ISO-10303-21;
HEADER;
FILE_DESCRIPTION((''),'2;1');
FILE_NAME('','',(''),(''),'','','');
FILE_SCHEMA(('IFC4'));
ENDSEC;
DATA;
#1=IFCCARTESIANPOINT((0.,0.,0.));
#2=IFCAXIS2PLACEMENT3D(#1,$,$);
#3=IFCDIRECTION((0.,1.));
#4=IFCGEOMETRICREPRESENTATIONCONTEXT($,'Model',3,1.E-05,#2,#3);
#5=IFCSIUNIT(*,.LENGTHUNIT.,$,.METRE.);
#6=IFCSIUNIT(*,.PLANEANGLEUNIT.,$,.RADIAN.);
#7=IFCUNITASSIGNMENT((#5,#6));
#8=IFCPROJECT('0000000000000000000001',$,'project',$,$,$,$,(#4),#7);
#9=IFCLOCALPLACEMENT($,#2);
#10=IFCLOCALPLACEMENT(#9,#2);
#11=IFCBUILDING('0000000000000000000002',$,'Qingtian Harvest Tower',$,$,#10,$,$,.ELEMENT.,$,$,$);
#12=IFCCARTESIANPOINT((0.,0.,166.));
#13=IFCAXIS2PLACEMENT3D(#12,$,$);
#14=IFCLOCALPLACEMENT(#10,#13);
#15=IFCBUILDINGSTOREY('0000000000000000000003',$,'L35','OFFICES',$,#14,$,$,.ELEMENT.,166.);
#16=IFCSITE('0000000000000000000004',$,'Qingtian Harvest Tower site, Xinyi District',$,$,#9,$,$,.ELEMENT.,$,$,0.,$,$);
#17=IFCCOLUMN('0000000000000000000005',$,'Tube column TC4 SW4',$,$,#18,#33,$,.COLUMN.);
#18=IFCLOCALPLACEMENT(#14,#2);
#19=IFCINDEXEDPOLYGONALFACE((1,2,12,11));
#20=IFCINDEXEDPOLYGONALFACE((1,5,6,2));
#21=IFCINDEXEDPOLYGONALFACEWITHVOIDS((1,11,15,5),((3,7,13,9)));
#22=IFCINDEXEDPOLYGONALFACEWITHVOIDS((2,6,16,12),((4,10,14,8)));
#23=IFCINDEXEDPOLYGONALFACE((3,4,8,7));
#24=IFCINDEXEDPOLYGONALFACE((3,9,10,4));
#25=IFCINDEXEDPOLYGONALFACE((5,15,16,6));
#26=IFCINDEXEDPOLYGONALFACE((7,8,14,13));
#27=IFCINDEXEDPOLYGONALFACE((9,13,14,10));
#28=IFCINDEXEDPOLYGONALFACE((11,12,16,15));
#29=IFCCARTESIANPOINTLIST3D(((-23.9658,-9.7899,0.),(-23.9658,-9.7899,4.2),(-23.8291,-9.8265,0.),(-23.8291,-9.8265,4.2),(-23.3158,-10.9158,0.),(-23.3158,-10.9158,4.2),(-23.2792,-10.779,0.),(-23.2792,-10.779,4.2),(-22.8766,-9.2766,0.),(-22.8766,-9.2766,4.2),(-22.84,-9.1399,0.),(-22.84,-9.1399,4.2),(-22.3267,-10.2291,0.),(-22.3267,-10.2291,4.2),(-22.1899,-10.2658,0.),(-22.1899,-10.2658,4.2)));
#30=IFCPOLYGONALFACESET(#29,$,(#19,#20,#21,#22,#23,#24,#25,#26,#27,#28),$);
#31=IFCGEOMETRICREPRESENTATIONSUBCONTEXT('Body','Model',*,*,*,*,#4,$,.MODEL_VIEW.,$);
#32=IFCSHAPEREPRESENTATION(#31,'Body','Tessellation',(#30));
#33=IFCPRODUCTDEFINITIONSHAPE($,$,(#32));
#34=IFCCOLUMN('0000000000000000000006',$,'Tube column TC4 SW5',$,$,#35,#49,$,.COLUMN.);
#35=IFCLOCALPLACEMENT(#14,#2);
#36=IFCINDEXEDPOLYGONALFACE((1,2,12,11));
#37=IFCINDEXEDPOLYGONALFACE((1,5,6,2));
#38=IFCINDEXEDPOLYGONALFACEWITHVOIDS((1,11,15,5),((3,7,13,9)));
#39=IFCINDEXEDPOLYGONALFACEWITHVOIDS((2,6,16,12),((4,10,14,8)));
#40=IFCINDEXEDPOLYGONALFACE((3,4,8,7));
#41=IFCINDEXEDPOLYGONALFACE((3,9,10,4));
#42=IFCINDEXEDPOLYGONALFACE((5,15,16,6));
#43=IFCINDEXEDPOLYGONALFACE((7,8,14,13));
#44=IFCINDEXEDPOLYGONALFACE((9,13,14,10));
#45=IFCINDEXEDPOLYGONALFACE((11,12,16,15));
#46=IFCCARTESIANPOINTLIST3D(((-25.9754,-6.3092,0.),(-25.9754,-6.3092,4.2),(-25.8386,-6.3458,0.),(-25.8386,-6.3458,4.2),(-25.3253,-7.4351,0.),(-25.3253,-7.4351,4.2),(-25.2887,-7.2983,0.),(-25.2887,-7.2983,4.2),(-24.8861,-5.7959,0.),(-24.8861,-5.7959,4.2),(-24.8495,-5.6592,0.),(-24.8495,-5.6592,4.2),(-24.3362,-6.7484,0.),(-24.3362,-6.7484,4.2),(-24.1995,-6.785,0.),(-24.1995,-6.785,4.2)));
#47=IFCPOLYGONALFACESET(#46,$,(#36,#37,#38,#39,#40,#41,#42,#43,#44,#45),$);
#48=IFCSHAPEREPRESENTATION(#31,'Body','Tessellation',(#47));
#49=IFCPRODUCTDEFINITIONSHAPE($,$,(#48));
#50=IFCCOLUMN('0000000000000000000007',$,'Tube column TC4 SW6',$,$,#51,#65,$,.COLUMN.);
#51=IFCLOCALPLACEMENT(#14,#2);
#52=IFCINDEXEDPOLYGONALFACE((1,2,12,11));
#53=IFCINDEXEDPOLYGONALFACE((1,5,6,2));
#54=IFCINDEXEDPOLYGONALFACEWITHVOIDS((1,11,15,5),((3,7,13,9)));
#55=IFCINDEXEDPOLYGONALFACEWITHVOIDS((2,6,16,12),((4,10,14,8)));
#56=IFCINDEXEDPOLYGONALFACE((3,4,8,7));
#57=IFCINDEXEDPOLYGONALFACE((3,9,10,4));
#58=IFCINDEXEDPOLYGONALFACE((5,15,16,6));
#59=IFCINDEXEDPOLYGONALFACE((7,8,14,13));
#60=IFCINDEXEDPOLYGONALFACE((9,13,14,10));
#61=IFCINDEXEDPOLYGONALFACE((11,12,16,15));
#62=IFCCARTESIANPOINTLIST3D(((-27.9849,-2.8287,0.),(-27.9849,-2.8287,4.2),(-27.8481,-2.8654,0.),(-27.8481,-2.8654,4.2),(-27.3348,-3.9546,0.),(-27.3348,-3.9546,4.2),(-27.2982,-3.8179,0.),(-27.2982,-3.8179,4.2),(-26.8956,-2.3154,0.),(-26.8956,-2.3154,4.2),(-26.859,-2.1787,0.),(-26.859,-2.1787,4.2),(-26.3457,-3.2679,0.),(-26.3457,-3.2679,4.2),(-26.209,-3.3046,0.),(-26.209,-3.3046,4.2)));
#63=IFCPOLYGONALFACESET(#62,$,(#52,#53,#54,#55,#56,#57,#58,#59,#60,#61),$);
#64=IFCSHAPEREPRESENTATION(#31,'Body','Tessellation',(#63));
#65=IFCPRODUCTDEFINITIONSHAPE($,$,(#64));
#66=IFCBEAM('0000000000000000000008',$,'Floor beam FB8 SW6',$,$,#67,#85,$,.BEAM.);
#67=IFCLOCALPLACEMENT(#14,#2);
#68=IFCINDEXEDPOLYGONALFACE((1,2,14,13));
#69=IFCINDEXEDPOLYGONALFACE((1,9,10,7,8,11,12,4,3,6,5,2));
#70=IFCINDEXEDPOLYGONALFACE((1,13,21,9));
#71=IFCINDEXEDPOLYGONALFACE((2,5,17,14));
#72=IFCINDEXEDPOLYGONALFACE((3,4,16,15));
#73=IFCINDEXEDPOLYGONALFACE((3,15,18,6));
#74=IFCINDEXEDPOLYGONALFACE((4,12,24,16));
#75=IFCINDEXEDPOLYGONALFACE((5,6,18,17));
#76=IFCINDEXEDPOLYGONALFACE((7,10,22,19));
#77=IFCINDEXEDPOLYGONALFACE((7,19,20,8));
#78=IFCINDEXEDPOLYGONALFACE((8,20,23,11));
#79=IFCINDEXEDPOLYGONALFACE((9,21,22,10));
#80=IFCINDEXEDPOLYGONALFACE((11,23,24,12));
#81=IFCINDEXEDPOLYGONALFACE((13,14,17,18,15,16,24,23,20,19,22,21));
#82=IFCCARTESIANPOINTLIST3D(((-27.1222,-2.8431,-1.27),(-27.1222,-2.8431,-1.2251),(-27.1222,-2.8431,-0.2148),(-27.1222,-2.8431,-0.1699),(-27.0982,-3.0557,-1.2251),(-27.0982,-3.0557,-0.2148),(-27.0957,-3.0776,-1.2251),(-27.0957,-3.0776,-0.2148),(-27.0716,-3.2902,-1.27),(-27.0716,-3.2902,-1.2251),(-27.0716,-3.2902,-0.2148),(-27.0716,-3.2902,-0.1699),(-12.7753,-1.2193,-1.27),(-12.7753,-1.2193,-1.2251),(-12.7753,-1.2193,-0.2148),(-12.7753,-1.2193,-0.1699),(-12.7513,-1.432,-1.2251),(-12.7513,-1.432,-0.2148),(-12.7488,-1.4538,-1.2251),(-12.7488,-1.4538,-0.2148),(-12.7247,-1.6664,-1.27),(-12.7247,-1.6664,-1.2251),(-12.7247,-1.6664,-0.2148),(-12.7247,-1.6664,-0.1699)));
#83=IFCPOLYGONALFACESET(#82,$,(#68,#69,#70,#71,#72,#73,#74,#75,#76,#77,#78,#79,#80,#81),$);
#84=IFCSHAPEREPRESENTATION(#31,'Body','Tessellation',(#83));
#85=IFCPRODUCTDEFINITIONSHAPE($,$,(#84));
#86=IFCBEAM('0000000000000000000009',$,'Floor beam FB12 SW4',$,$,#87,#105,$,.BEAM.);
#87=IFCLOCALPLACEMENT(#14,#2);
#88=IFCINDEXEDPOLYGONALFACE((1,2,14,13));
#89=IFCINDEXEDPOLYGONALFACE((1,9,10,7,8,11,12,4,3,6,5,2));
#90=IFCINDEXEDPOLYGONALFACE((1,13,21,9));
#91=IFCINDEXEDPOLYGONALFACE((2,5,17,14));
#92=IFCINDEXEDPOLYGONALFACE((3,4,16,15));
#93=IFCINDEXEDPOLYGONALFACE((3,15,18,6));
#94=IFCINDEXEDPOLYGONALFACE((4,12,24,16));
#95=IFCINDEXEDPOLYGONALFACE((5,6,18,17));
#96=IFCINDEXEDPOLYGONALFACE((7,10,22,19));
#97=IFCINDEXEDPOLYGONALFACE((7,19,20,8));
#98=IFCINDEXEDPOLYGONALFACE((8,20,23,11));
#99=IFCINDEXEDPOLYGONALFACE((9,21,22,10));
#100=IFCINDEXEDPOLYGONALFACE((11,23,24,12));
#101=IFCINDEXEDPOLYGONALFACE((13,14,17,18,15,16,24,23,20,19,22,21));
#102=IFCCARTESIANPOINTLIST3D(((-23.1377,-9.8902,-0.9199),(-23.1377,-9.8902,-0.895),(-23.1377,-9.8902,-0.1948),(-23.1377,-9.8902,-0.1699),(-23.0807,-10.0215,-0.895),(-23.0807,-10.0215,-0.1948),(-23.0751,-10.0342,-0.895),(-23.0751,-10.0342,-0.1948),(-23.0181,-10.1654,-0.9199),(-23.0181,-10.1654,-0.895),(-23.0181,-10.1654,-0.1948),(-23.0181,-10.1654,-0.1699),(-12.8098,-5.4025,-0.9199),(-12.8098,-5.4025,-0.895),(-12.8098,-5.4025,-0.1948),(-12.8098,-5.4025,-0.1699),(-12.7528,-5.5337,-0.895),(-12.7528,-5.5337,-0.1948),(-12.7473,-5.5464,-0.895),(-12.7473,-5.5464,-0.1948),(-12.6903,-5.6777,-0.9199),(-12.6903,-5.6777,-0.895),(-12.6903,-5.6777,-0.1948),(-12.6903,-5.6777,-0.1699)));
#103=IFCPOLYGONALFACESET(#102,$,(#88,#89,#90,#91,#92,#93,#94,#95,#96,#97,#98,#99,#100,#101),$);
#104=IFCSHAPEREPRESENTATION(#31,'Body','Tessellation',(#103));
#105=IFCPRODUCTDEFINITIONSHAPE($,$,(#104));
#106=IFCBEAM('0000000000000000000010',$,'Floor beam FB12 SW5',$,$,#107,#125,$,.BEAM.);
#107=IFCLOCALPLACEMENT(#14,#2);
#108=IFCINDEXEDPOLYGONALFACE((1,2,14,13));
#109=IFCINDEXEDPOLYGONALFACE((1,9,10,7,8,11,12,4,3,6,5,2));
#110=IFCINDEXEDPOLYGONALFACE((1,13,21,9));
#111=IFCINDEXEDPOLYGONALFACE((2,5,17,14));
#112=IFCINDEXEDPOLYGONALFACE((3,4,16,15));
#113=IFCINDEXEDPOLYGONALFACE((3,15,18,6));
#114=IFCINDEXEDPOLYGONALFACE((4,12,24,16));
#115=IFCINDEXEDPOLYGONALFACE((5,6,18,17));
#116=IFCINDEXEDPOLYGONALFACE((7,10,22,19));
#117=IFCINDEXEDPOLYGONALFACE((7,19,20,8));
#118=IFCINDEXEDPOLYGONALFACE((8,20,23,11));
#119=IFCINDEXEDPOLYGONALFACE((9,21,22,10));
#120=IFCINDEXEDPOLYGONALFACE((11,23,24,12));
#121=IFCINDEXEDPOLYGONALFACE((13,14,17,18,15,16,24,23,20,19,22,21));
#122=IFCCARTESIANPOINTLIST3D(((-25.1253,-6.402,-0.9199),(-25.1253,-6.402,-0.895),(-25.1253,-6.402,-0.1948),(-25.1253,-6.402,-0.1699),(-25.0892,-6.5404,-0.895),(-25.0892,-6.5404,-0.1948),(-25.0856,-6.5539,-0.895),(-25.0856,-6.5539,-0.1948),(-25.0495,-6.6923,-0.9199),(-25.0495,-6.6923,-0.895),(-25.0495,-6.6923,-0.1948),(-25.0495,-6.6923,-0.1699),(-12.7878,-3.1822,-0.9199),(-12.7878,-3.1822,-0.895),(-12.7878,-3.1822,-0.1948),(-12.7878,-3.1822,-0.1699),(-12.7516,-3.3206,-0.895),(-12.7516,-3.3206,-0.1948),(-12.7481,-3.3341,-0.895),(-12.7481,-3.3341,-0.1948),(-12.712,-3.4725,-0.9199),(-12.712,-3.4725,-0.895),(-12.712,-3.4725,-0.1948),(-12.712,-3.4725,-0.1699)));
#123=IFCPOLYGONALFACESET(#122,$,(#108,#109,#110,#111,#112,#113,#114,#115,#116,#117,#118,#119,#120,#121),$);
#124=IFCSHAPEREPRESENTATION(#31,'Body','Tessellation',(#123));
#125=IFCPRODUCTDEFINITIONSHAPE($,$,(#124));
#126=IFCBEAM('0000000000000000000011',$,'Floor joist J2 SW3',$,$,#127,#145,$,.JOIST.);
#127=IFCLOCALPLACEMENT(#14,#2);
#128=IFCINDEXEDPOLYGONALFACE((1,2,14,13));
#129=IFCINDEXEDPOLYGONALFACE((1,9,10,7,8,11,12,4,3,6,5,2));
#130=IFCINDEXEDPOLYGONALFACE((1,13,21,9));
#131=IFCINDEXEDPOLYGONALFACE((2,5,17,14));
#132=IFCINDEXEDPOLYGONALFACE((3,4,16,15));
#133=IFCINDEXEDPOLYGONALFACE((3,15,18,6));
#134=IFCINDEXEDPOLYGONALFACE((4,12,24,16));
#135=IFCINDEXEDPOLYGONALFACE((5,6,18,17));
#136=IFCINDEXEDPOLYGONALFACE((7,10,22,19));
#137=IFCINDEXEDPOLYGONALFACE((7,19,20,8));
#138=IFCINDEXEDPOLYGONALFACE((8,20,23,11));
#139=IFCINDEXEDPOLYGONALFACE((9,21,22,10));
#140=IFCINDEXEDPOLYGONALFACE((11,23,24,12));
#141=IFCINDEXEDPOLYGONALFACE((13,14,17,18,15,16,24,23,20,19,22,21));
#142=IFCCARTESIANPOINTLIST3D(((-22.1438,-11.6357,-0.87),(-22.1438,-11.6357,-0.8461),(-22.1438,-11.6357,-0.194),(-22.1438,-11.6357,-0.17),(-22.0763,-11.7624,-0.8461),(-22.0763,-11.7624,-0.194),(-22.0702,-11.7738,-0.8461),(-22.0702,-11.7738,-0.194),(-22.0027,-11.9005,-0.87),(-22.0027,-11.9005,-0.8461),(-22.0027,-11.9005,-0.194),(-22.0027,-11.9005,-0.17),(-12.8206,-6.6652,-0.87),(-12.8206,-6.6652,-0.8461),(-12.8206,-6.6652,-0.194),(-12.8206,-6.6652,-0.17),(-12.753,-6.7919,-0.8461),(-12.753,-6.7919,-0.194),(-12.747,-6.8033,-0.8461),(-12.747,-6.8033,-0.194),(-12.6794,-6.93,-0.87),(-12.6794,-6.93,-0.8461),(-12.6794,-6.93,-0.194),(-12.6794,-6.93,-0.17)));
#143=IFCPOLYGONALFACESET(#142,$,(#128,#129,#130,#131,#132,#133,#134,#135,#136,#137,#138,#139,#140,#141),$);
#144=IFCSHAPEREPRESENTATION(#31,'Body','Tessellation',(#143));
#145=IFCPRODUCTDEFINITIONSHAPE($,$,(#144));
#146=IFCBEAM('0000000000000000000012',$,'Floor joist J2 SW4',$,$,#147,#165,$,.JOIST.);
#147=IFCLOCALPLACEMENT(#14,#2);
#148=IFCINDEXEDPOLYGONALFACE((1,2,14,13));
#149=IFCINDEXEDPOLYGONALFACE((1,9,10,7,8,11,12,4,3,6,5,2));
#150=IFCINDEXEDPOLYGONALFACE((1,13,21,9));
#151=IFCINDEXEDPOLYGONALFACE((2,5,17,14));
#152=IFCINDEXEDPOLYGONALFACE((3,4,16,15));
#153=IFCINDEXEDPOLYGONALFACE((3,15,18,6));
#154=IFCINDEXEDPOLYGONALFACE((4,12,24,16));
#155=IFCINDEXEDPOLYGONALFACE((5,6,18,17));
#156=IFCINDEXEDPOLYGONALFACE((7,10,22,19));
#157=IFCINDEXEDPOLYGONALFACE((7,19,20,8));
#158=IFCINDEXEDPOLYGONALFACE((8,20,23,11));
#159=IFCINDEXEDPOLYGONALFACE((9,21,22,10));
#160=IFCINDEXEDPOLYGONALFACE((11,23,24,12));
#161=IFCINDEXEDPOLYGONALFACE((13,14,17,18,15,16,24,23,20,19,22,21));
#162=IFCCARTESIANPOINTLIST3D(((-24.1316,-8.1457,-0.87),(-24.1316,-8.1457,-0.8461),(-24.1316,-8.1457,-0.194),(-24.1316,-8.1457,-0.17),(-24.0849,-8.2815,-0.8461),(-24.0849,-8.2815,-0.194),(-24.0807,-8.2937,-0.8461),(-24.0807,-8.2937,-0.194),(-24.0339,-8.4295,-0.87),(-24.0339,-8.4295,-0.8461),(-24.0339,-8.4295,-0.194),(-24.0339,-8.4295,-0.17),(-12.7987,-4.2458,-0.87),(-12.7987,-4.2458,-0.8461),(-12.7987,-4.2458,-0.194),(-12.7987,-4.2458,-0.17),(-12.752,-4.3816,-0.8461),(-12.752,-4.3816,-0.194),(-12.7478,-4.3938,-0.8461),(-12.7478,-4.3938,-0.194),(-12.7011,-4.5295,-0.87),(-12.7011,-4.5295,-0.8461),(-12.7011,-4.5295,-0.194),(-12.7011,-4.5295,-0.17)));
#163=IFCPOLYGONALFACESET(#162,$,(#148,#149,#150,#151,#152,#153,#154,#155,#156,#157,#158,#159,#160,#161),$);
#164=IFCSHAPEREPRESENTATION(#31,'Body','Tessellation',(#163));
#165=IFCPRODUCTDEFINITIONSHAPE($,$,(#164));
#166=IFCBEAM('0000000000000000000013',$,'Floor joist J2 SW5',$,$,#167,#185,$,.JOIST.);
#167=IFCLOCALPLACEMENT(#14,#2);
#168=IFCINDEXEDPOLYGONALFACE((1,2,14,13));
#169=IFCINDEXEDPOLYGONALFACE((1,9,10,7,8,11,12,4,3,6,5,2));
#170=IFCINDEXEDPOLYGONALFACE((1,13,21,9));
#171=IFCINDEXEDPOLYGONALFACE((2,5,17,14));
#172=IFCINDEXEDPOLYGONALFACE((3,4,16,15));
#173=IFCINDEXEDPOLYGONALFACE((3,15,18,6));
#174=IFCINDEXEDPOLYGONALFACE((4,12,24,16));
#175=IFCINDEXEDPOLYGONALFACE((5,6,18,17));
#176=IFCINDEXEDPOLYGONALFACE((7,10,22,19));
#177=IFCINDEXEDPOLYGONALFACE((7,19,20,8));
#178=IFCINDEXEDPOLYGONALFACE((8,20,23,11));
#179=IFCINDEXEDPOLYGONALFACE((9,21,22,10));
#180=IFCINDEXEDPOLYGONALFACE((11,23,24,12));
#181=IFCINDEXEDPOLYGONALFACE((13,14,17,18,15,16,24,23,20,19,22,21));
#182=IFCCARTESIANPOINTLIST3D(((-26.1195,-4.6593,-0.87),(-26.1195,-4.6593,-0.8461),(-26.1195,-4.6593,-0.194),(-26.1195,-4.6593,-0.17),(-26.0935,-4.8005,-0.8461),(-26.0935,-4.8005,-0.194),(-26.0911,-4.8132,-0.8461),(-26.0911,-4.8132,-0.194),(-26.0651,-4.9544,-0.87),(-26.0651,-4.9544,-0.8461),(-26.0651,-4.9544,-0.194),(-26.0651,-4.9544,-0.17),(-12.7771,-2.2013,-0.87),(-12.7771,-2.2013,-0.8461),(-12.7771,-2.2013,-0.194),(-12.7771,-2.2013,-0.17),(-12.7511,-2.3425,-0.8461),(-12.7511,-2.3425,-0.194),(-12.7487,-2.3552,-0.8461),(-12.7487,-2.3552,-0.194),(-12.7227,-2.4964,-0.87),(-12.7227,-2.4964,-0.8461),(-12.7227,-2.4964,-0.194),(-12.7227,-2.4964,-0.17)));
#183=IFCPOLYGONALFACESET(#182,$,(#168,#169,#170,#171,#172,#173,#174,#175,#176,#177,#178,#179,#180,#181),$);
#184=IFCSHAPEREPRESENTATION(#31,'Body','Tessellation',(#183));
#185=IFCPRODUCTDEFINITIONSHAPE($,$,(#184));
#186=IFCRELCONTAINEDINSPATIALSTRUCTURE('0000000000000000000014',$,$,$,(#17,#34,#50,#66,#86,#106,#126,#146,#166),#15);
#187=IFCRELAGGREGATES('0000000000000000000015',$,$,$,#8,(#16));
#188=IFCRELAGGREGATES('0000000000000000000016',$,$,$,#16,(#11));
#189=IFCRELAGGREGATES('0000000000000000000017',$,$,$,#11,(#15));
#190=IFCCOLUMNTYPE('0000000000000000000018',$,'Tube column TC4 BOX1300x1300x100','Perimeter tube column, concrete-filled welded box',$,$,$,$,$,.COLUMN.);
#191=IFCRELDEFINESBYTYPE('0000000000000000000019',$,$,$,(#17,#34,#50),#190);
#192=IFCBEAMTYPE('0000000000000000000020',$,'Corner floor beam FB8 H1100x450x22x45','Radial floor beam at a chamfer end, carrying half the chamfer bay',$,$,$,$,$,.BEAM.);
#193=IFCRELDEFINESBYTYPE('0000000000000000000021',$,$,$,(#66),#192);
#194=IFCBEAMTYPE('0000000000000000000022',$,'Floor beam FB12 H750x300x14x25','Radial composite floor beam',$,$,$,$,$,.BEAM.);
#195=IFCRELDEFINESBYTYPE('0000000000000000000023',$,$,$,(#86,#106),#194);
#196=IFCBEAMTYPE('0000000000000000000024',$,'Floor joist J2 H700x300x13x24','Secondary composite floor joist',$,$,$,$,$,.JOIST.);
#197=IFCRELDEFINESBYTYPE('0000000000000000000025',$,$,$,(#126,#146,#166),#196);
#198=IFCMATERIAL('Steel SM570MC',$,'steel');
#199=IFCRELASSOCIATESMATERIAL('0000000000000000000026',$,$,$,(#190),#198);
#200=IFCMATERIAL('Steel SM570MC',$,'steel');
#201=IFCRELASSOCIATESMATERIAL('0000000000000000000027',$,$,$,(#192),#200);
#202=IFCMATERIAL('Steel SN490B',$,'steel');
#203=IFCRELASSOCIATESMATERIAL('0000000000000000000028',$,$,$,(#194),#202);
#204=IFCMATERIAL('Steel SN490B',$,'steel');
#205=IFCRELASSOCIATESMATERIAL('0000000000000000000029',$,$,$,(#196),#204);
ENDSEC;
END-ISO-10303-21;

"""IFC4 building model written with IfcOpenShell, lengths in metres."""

from ifc_helpers import new_model, si_unit, direction, frame, origin, origin_2d, place, context, subcontext, project, spatial, hollow_rectangle, i_section, extrude, material, material_profile, profile_set, type_object, element, save


model = new_model("IFC4")

# Units and contexts
model_context = context("Model", 3, precision=1e-05, world=origin(), true_north=direction((0.0, 1.0)))
body_context = subcontext(model_context, "Body", "Model", "MODEL_VIEW")
ifc_project = project(units=[si_unit("LENGTHUNIT", "METRE"), si_unit("PLANEANGLEUNIT", "RADIAN")], contexts=[model_context])

# Site, building, storey
site_placement = place(None, origin())
site = spatial("IfcSite", under=ifc_project, at=site_placement, Name="Qingtian Harvest Tower site, Xinyi District", CompositionType="ELEMENT", RefElevation=0.0)
building_placement = place(site_placement, origin())
building = spatial("IfcBuilding", under=site, at=building_placement, Name="Qingtian Harvest Tower", CompositionType="ELEMENT")
storey_placement = place(building_placement, frame((0.0, 0.0, 166.0)))
storey = spatial("IfcBuildingStorey", under=building, at=storey_placement, Name="L35", Description="OFFICES", CompositionType="ELEMENT", Elevation=166.0)

# Columns
ifc_material_1 = material(Name="Steel SM570MC", Category="steel")
ifc_material_profile_1 = material_profile(ifc_material_1, hollow_rectangle(XDim=1.3, YDim=1.3, WallThickness=0.1001, at=origin_2d()), Name="BOX1300x1300x100")
ifc_profile_set_1 = profile_set([ifc_material_profile_1], Name="Steel SM570MC")
column_type = type_object("IfcColumnType", Name="Tube column TC4 BOX1300x1300x100", Description="Perimeter tube column, concrete-filled welded box", PredefinedType="COLUMN", material=ifc_profile_set_1)
for number, where, z_axis, x_axis, name in (
    (1, (-23.0779, -10.0278, 0.0), (0.0, 0.0, 1.0), (0.5, -0.866025, 0.0), "Tube column TC4 SW4"),
    (2, (-25.0874, -6.5471, 0.0), (0.0, 0.0, 1.0), (0.5, -0.866025, 0.0), "Tube column TC4 SW5"),
    (3, (-27.0969, -3.0667, 0.0), (0.0, 0.0, 1.0), (0.5, -0.866025, 0.0), "Tube column TC4 SW6"),
):
    element("IfcColumn", number, at=place(storey_placement, frame(where, z_axis=z_axis, x_axis=x_axis)), inside=storey, type_object=column_type, Name=name, PredefinedType="COLUMN", context=body_context, shape_type="SweptSolid", body=[
        extrude(hollow_rectangle(XDim=1.3, YDim=1.3, WallThickness=0.1001, at=origin_2d()), origin(), (0.0, 0.0, 1.0), 4.2),
    ])

# Beams
ifc_material_2 = material(Name="Steel SM570MC", Category="steel")
ifc_material_profile_2 = material_profile(ifc_material_2, i_section(OverallWidth=0.45, OverallDepth=1.1001, WebThickness=0.022, FlangeThickness=0.0449, at=origin_2d()), Name="H1100x450x22x45")
ifc_profile_set_2 = profile_set([ifc_material_profile_2], Name="Steel SM570MC")
beam_type_1 = type_object("IfcBeamType", Name="Corner floor beam FB8 H1100x450x22x45", Description="Radial floor beam at a chamfer end, carrying half the chamfer bay", PredefinedType="BEAM", material=ifc_profile_set_2)
beam_1_placement = place(storey_placement, frame((-27.0969, -3.0667, -0.72), z_axis=(0.993656, 0.112462, 0.0), x_axis=(-0.112462, 0.993656, 0.0)))
element("IfcBeam", 4, at=beam_1_placement, inside=storey, type_object=beam_type_1, Name="Floor beam FB8 SW6", PredefinedType="BEAM", context=body_context, shape_type="SweptSolid", body=[
    extrude(i_section(OverallWidth=0.45, OverallDepth=1.1001, WebThickness=0.022, FlangeThickness=0.0449, at=origin_2d()), origin(), (0.0, 0.0, 1.0), 14.4385),
])
ifc_material_3 = material(Name="Steel SN490B", Category="steel")
ifc_material_profile_3 = material_profile(ifc_material_3, i_section(OverallWidth=0.3, OverallDepth=0.75, WebThickness=0.0139, FlangeThickness=0.0249, at=origin_2d()), Name="H750x300x14x25")
ifc_profile_set_3 = profile_set([ifc_material_profile_3], Name="Steel SN490B")
beam_type_2 = type_object("IfcBeamType", Name="Floor beam FB12 H750x300x14x25", Description="Radial composite floor beam", PredefinedType="BEAM", material=ifc_profile_set_3)
beam_2_placement = place(storey_placement, frame((-23.0779, -10.0278, -0.5449), z_axis=(0.917154, 0.398533, 0.0), x_axis=(-0.398533, 0.917154, 0.0)))
element("IfcBeam", 5, at=beam_2_placement, inside=storey, type_object=beam_type_2, Name="Floor beam FB12 SW4", PredefinedType="BEAM", context=body_context, shape_type="SweptSolid", body=[
    extrude(i_section(OverallWidth=0.3, OverallDepth=0.75, WebThickness=0.0139, FlangeThickness=0.0249, at=origin_2d()), origin(), (0.0, 0.0, 1.0), 11.2607),
])
beam_3_placement = place(storey_placement, frame((-25.0874, -6.5471, -0.5449), z_axis=(0.967593, 0.252515, 0.0), x_axis=(-0.252515, 0.967593, 0.0)))
element("IfcBeam", 6, at=beam_3_placement, inside=storey, type_object=beam_type_2, Name="Floor beam FB12 SW5", PredefinedType="BEAM", context=body_context, shape_type="SweptSolid", body=[
    extrude(i_section(OverallWidth=0.3, OverallDepth=0.75, WebThickness=0.0139, FlangeThickness=0.0249, at=origin_2d()), origin(), (0.0, 0.0, 1.0), 12.7507),
])
ifc_material_4 = material(Name="Steel SN490B", Category="steel")
ifc_material_profile_4 = material_profile(ifc_material_4, i_section(OverallWidth=0.3, OverallDepth=0.7, WebThickness=0.0129, FlangeThickness=0.0239, at=origin_2d()), Name="H700x300x13x24")
ifc_profile_set_4 = profile_set([ifc_material_profile_4], Name="Steel SN490B")
beam_type_3 = type_object("IfcBeamType", Name="Floor joist J2 H700x300x13x24", Description="Secondary composite floor joist", PredefinedType="JOIST", material=ifc_profile_set_4)
beam_4_placement = place(storey_placement, frame((-22.0732, -11.7681, -0.52), z_axis=(0.882429, 0.470446, 0.0), x_axis=(-0.470446, 0.882429, 0.0)))
element("IfcBeam", 7, at=beam_4_placement, inside=storey, type_object=beam_type_3, Name="Floor joist J2 SW3", PredefinedType="JOIST", context=body_context, shape_type="SweptSolid", body=[
    extrude(i_section(OverallWidth=0.3, OverallDepth=0.7, WebThickness=0.0129, FlangeThickness=0.0239, at=origin_2d()), origin(), (0.0, 0.0, 1.0), 10.5654),
])
beam_5_placement = place(storey_placement, frame((-24.0828, -8.2876, -0.52), z_axis=(0.945577, 0.325398, 0.0), x_axis=(-0.325398, 0.945577, 0.0)))
element("IfcBeam", 8, at=beam_5_placement, inside=storey, type_object=beam_type_3, Name="Floor joist J2 SW4", PredefinedType="JOIST", context=body_context, shape_type="SweptSolid", body=[
    extrude(i_section(OverallWidth=0.3, OverallDepth=0.7, WebThickness=0.0129, FlangeThickness=0.0239, at=origin_2d()), origin(), (0.0, 0.0, 1.0), 11.9851),
])
beam_6_placement = place(storey_placement, frame((-26.0923, -4.8069, -0.52), z_axis=(0.98345, 0.181178, 0.0), x_axis=(-0.181178, 0.98345, 0.0)))
element("IfcBeam", 9, at=beam_6_placement, inside=storey, type_object=beam_type_3, Name="Floor joist J2 SW5", PredefinedType="JOIST", context=body_context, shape_type="SweptSolid", body=[
    extrude(i_section(OverallWidth=0.3, OverallDepth=0.7, WebThickness=0.0129, FlangeThickness=0.0239, at=origin_2d()), origin(), (0.0, 0.0, 1.0), 13.5669),
])

save(model, "model.ifc")
